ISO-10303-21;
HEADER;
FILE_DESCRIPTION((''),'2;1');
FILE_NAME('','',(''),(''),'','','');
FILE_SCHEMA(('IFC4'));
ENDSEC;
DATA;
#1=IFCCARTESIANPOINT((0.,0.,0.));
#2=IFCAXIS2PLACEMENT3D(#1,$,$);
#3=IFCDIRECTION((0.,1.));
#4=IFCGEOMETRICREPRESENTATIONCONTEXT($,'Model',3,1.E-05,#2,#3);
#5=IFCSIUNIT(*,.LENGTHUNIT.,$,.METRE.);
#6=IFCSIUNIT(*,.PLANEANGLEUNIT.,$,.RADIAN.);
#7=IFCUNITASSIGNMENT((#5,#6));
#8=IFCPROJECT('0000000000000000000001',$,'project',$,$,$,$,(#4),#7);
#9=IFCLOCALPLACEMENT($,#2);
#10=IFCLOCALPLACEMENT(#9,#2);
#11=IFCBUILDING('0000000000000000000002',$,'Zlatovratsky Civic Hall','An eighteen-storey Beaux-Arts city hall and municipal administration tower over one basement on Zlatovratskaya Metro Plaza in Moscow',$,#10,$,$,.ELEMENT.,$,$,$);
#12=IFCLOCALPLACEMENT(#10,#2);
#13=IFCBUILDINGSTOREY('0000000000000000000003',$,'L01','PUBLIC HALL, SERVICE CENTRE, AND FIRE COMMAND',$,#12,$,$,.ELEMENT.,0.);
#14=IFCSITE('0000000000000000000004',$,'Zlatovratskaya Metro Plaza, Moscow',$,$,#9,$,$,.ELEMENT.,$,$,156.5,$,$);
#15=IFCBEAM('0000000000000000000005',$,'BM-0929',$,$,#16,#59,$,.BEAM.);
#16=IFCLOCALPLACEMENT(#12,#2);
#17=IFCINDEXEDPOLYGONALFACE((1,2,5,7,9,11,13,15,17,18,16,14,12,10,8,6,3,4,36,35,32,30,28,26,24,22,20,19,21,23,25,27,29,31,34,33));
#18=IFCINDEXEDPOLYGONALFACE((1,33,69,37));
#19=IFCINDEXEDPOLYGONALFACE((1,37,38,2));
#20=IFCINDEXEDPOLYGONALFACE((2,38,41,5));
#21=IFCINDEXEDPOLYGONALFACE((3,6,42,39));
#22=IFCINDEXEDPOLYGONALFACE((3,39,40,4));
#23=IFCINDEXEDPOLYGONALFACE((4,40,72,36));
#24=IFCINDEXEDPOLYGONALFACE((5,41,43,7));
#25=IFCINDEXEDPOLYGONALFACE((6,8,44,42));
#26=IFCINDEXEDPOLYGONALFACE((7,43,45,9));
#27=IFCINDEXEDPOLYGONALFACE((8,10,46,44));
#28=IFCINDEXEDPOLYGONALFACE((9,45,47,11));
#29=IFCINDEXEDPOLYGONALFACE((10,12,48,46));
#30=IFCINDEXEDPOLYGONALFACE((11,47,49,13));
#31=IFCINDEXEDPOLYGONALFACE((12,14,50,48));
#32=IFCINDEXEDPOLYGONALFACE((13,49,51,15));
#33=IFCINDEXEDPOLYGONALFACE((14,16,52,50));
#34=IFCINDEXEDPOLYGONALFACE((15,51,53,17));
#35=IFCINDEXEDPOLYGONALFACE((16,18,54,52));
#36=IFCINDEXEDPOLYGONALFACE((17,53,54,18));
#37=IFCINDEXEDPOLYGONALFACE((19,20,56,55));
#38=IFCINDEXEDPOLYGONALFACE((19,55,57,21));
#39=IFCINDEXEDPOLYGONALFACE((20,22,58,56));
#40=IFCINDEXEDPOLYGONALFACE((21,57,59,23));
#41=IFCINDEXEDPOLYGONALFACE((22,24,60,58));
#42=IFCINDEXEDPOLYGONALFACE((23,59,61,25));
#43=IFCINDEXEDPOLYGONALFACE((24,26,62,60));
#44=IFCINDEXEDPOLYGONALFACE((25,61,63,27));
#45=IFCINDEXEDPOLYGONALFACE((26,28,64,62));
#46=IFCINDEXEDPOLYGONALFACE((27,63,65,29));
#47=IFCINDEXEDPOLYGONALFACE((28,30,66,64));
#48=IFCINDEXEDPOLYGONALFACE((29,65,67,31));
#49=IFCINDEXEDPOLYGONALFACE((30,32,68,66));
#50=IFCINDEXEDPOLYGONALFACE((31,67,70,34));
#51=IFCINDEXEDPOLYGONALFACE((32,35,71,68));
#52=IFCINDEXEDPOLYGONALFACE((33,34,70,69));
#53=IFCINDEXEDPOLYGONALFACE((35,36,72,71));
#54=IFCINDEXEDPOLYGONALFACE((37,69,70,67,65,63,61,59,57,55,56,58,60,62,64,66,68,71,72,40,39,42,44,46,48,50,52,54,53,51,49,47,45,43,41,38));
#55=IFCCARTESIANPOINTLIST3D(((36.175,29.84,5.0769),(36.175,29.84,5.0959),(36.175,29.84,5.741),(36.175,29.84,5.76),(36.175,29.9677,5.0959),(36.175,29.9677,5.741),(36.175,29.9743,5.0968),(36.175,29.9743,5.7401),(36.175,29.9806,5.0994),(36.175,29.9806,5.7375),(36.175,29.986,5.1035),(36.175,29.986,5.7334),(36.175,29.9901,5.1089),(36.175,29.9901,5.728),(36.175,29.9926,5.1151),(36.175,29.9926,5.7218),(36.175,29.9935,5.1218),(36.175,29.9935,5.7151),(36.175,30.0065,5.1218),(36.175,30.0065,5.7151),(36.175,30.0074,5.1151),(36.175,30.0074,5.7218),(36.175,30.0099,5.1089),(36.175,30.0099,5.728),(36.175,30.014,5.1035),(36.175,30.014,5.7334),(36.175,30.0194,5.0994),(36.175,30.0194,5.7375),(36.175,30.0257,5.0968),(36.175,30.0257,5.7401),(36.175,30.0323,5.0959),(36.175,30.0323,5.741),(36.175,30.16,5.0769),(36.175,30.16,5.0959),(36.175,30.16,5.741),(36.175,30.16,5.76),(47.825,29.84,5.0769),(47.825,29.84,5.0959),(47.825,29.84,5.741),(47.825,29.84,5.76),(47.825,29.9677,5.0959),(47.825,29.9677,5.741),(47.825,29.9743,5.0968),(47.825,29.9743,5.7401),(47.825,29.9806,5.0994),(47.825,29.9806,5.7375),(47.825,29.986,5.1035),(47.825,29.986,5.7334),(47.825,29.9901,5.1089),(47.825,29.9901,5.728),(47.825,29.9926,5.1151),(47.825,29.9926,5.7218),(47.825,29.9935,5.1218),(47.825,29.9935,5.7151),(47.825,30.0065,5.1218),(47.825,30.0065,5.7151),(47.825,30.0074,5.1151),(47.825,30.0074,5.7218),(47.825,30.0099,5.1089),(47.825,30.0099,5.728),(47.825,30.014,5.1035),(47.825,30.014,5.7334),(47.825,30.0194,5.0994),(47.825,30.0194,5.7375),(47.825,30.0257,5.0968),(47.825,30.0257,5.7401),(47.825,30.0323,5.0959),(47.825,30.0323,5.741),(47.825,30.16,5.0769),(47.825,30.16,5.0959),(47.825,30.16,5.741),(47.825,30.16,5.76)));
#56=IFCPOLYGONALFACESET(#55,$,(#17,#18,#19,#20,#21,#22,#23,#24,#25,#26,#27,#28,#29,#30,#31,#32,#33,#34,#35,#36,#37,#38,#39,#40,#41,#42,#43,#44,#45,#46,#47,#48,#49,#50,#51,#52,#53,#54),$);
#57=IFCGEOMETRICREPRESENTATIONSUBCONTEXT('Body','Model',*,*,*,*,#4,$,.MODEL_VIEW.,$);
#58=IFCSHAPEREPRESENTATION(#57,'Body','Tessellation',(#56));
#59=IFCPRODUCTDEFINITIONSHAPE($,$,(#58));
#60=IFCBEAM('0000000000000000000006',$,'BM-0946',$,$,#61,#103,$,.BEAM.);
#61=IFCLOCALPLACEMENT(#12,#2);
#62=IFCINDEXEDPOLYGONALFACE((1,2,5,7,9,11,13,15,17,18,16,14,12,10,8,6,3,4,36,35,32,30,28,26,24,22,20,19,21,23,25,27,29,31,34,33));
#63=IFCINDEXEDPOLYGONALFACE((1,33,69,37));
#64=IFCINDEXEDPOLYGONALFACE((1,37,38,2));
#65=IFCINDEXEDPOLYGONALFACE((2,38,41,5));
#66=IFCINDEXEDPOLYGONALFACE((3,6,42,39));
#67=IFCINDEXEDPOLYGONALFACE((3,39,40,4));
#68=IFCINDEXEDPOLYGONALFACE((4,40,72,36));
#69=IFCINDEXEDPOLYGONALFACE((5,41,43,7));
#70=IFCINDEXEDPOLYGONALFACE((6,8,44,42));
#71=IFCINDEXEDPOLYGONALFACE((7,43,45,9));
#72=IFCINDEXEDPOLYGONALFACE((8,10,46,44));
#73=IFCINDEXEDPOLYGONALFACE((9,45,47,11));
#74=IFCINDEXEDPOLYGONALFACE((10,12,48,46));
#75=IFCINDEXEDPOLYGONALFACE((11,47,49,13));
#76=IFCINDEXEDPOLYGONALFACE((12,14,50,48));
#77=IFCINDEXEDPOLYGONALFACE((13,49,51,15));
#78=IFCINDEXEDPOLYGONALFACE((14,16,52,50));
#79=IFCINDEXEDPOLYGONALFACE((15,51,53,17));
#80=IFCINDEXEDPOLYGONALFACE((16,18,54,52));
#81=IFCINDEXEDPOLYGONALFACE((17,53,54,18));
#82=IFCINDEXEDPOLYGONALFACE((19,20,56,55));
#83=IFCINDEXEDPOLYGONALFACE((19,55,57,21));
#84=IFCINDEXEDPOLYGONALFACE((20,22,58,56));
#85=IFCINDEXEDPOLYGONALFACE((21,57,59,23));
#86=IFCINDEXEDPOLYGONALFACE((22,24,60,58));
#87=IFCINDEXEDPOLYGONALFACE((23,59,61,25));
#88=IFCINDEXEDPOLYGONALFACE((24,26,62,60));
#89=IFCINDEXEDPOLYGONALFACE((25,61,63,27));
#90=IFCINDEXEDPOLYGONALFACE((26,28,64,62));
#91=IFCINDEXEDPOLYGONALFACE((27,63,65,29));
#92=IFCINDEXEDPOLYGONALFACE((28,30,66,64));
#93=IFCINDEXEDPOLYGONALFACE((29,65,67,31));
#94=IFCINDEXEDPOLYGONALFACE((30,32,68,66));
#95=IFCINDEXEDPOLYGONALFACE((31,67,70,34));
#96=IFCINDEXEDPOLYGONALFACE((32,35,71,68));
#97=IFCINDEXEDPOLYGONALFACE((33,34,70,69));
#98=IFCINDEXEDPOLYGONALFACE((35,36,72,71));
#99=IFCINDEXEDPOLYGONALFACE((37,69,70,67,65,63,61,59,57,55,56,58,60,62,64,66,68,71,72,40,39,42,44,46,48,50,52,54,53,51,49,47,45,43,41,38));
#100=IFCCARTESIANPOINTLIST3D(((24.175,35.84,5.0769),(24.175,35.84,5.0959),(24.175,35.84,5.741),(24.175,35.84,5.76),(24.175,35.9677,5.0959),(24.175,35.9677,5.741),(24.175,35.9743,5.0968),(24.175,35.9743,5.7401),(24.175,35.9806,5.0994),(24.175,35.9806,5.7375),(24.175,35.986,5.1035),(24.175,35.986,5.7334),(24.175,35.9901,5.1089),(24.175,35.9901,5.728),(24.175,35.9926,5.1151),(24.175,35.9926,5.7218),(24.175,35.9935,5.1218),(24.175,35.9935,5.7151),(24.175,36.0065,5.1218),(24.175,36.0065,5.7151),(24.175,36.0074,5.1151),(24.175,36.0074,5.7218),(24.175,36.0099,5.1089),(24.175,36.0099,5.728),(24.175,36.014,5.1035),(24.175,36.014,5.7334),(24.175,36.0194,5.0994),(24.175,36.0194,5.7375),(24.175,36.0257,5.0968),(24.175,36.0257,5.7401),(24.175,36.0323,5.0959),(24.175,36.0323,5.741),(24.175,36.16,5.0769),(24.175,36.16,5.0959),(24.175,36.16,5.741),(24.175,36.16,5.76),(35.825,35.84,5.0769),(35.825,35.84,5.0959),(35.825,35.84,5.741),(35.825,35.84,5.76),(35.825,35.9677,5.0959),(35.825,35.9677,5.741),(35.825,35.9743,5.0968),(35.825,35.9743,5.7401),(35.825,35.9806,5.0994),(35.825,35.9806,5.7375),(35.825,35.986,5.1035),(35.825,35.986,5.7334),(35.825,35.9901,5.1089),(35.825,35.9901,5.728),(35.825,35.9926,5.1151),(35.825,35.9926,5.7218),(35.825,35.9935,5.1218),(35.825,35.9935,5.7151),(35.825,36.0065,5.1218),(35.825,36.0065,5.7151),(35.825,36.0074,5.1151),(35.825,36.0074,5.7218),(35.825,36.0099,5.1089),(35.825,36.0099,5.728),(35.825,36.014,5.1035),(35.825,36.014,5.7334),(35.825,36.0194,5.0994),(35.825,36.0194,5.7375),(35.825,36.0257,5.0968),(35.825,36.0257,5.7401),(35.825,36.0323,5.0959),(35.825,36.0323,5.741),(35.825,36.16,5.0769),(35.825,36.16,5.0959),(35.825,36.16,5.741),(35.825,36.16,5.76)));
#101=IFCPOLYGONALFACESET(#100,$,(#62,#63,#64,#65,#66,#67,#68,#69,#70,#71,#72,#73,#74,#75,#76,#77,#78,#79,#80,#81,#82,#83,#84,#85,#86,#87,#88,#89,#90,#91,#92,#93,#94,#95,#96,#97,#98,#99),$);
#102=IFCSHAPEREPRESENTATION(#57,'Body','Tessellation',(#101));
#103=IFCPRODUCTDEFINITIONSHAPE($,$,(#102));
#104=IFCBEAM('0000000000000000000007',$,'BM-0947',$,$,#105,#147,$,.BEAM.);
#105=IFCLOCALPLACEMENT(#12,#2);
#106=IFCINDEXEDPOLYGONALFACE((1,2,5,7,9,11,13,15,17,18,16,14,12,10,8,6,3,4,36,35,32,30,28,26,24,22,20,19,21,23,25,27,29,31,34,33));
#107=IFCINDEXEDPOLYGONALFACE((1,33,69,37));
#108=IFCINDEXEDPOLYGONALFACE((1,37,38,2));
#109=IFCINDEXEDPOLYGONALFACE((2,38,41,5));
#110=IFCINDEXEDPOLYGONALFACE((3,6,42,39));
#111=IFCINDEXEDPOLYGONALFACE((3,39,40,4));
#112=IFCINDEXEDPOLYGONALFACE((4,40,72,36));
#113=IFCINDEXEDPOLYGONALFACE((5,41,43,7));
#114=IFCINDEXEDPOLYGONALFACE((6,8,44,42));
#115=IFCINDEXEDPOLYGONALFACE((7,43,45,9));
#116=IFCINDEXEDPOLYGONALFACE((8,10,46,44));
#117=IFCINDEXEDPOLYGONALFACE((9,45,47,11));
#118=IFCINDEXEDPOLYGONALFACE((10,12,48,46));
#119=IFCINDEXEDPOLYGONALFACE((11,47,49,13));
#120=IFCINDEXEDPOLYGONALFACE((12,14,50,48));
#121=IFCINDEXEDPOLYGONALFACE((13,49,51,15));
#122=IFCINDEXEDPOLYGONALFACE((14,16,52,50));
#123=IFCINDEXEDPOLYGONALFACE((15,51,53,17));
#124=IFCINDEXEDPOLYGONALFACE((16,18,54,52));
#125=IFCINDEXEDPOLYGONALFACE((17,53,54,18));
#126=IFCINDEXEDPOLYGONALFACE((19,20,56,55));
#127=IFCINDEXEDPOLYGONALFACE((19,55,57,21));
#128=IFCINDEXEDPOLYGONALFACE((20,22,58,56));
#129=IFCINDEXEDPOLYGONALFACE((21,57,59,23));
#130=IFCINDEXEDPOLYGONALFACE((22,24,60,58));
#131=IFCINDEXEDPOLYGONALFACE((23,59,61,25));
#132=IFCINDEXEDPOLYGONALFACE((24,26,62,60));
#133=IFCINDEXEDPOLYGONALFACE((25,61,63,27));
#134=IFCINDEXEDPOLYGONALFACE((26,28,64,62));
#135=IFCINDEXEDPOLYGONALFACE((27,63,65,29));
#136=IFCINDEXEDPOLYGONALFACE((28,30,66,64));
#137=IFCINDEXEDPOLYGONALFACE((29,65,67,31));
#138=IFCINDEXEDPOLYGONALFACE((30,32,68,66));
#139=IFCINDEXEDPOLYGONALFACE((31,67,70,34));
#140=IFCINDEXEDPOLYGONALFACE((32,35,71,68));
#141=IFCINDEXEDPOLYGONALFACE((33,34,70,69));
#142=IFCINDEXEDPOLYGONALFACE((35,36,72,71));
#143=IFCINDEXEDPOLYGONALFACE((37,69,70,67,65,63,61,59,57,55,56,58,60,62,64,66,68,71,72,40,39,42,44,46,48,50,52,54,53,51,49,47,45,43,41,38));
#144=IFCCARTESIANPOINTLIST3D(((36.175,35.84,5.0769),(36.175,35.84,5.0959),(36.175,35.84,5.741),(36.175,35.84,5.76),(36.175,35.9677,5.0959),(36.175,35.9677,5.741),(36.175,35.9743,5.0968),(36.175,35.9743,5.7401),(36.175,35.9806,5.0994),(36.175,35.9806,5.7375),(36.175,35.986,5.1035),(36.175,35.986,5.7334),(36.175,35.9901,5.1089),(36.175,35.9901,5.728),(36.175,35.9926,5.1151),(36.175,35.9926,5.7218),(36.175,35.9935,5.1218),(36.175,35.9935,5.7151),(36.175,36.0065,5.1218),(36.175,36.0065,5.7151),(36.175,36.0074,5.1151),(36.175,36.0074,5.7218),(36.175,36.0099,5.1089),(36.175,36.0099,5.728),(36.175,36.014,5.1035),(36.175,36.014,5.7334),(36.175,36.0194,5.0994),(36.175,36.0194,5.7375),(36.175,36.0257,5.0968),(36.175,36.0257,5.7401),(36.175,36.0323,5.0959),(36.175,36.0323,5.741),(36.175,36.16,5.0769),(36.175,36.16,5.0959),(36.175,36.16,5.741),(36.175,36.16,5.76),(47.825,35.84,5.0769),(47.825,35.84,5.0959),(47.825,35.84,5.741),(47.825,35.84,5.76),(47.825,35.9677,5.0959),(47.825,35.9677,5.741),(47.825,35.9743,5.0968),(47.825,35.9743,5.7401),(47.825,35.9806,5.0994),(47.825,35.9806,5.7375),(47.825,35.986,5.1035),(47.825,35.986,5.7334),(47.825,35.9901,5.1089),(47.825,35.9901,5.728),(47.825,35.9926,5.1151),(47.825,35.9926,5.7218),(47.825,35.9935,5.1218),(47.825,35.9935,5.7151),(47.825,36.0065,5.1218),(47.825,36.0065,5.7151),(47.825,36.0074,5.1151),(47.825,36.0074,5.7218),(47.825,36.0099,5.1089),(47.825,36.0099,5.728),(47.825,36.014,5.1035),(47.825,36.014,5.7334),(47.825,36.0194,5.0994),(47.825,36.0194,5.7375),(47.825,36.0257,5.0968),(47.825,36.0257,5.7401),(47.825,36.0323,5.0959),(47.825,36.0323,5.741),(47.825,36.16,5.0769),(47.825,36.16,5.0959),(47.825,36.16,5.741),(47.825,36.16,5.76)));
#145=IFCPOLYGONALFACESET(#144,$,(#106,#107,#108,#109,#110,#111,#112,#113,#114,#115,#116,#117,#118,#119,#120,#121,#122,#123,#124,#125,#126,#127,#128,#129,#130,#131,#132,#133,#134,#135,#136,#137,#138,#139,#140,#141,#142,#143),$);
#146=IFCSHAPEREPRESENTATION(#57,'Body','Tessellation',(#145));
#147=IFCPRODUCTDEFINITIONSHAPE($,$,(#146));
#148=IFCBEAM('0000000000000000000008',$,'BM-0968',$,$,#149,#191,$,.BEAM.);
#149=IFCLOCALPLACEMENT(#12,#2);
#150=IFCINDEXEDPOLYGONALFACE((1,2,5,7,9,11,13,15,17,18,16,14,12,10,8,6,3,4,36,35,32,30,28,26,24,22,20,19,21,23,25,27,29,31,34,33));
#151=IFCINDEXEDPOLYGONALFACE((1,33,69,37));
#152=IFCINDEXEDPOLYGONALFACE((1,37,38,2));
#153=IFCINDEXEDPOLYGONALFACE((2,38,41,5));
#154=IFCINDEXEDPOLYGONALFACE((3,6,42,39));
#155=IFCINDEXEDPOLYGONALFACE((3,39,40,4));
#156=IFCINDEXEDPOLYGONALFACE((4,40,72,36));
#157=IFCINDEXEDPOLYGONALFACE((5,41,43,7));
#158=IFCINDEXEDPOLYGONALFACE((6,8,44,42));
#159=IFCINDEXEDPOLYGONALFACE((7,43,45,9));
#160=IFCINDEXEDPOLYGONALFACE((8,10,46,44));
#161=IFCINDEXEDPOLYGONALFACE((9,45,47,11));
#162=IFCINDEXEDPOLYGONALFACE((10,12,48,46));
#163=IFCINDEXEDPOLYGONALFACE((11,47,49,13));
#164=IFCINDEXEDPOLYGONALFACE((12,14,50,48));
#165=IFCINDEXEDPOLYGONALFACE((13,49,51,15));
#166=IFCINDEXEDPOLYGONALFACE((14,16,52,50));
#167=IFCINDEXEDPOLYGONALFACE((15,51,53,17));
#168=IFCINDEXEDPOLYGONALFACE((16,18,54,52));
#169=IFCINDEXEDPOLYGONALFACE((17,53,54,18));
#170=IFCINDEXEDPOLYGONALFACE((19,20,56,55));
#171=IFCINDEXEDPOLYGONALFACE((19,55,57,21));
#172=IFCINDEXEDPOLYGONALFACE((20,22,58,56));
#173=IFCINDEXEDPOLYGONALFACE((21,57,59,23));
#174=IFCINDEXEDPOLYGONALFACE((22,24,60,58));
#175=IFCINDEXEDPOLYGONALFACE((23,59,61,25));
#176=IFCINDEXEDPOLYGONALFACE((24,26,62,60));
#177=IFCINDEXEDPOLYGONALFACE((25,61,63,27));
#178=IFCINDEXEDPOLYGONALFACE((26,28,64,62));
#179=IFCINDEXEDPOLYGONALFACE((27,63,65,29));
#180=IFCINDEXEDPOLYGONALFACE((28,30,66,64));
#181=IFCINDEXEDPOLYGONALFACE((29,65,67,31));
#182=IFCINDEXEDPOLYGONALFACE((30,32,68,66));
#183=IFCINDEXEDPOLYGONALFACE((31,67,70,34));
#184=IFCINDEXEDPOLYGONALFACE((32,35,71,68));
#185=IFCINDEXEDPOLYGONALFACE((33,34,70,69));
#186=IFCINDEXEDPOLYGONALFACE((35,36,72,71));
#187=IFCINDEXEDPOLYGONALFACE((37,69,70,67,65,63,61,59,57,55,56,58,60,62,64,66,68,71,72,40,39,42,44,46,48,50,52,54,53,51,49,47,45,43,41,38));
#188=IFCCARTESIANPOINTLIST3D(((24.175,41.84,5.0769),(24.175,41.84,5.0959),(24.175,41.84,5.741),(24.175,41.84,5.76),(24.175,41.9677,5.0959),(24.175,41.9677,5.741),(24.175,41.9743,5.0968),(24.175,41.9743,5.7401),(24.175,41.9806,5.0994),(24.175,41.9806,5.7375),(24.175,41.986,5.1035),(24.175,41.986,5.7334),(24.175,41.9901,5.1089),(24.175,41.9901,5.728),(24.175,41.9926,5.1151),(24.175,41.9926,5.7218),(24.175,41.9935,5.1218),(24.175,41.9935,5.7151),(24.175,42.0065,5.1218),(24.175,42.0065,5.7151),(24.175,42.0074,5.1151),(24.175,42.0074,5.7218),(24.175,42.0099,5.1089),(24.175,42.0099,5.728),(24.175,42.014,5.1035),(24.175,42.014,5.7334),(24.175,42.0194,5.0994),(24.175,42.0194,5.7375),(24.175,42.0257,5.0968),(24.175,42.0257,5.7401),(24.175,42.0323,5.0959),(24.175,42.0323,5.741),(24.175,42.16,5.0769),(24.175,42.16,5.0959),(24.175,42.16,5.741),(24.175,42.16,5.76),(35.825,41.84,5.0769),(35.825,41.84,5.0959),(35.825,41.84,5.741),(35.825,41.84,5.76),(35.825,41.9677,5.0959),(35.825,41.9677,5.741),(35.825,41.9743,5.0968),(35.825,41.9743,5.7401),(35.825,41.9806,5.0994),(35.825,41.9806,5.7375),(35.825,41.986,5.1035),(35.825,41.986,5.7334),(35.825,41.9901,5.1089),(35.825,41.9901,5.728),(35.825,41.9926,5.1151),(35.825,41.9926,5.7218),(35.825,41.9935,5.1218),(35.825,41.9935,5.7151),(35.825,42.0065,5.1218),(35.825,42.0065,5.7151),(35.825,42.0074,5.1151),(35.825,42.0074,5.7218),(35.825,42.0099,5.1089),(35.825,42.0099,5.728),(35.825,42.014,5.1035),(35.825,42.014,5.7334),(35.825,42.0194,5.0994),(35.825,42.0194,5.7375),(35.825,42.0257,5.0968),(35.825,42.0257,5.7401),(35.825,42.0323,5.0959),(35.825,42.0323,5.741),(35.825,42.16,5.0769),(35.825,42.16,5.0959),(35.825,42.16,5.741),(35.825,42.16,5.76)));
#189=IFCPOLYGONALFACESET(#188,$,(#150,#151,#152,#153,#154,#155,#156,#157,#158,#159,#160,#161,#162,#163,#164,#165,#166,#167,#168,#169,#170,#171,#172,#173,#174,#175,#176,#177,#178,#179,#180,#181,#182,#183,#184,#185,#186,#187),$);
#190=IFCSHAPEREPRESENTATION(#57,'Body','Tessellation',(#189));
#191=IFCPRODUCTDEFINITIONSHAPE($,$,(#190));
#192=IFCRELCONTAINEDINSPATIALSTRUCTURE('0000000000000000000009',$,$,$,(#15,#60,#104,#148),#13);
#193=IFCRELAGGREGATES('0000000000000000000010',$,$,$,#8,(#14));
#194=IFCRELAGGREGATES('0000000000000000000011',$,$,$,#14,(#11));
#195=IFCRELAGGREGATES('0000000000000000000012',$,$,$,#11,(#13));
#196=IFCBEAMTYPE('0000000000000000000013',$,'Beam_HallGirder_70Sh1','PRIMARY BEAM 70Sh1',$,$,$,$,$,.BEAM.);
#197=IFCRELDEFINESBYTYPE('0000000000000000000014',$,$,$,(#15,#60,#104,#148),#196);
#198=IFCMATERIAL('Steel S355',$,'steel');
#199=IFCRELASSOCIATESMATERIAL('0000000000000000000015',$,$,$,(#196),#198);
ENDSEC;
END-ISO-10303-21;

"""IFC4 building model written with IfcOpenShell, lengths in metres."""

from ifc_helpers import new_model, si_unit, direction, frame, origin, origin_2d, place, context, subcontext, project, spatial, i_section, extrude, material, material_profile, profile_set, type_object, element, save


model = new_model("IFC4")

# Units and contexts
model_context = context("Model", 3, precision=1e-05, world=origin(), true_north=direction((0.0, 1.0)))
body_context = subcontext(model_context, "Body", "Model", "MODEL_VIEW")
ifc_project = project(units=[si_unit("LENGTHUNIT", "METRE"), si_unit("PLANEANGLEUNIT", "RADIAN")], contexts=[model_context])

# Site, building, storey
site_placement = place(None, origin())
site = spatial("IfcSite", under=ifc_project, at=site_placement, Name="Zlatovratskaya Metro Plaza, Moscow", CompositionType="ELEMENT", RefElevation=156.5)
building_placement = place(site_placement, origin())
building = spatial("IfcBuilding", under=site, at=building_placement, Name="Zlatovratsky Civic Hall", Description="An eighteen-storey Beaux-Arts city hall and municipal administration tower over one basement on Zlatovratskaya Metro Plaza in Moscow", CompositionType="ELEMENT")
storey_placement = place(building_placement, origin())
storey = spatial("IfcBuildingStorey", under=building, at=storey_placement, Name="L01", Description="PUBLIC HALL, SERVICE CENTRE, AND FIRE COMMAND", CompositionType="ELEMENT", Elevation=0.0)

# Shared definitions
ifc_material = material(Name="Steel S355", Category="steel")

# Beams
ifc_material_profile_1 = material_profile(ifc_material, i_section(OverallWidth=0.3201, OverallDepth=0.6831, WebThickness=0.0129, FlangeThickness=0.019, FilletRadius=0.0259, at=origin_2d()), Name="70Sh1")
ifc_profile_set_1 = profile_set([ifc_material_profile_1], Name="Steel S355")
beam_type_1 = type_object("IfcBeamType", Name="Beam_HallGirder_70Sh1", Description="PRIMARY BEAM 70Sh1", PredefinedType="BEAM", material=ifc_profile_set_1)
for number, where, z_axis, x_axis, name in (
    (1, (36.175, 30.0, 5.4185), (1.0, 0.0, 0.0), (0.0, 1.0, 0.0), "BM-0929"),
    (2, (24.175, 36.0, 5.4185), (1.0, 0.0, 0.0), (0.0, 1.0, 0.0), "BM-0946"),
    (3, (36.175, 36.0, 5.4185), (1.0, 0.0, 0.0), (0.0, 1.0, 0.0), "BM-0947"),
    (4, (24.175, 42.0, 5.4185), (1.0, 0.0, 0.0), (0.0, 1.0, 0.0), "BM-0968"),
):
    element("IfcBeam", number, at=place(storey_placement, frame(where, z_axis=z_axis, x_axis=x_axis)), inside=storey, type_object=beam_type_1, Name=name, PredefinedType="BEAM", context=body_context, shape_type="SweptSolid", body=[
        extrude(i_section(OverallWidth=0.3201, OverallDepth=0.6831, WebThickness=0.0129, FlangeThickness=0.019, FilletRadius=0.0259, at=origin_2d()), origin(), (0.0, 0.0, 1.0), 11.6499),
    ])

save(model, "model.ifc")
